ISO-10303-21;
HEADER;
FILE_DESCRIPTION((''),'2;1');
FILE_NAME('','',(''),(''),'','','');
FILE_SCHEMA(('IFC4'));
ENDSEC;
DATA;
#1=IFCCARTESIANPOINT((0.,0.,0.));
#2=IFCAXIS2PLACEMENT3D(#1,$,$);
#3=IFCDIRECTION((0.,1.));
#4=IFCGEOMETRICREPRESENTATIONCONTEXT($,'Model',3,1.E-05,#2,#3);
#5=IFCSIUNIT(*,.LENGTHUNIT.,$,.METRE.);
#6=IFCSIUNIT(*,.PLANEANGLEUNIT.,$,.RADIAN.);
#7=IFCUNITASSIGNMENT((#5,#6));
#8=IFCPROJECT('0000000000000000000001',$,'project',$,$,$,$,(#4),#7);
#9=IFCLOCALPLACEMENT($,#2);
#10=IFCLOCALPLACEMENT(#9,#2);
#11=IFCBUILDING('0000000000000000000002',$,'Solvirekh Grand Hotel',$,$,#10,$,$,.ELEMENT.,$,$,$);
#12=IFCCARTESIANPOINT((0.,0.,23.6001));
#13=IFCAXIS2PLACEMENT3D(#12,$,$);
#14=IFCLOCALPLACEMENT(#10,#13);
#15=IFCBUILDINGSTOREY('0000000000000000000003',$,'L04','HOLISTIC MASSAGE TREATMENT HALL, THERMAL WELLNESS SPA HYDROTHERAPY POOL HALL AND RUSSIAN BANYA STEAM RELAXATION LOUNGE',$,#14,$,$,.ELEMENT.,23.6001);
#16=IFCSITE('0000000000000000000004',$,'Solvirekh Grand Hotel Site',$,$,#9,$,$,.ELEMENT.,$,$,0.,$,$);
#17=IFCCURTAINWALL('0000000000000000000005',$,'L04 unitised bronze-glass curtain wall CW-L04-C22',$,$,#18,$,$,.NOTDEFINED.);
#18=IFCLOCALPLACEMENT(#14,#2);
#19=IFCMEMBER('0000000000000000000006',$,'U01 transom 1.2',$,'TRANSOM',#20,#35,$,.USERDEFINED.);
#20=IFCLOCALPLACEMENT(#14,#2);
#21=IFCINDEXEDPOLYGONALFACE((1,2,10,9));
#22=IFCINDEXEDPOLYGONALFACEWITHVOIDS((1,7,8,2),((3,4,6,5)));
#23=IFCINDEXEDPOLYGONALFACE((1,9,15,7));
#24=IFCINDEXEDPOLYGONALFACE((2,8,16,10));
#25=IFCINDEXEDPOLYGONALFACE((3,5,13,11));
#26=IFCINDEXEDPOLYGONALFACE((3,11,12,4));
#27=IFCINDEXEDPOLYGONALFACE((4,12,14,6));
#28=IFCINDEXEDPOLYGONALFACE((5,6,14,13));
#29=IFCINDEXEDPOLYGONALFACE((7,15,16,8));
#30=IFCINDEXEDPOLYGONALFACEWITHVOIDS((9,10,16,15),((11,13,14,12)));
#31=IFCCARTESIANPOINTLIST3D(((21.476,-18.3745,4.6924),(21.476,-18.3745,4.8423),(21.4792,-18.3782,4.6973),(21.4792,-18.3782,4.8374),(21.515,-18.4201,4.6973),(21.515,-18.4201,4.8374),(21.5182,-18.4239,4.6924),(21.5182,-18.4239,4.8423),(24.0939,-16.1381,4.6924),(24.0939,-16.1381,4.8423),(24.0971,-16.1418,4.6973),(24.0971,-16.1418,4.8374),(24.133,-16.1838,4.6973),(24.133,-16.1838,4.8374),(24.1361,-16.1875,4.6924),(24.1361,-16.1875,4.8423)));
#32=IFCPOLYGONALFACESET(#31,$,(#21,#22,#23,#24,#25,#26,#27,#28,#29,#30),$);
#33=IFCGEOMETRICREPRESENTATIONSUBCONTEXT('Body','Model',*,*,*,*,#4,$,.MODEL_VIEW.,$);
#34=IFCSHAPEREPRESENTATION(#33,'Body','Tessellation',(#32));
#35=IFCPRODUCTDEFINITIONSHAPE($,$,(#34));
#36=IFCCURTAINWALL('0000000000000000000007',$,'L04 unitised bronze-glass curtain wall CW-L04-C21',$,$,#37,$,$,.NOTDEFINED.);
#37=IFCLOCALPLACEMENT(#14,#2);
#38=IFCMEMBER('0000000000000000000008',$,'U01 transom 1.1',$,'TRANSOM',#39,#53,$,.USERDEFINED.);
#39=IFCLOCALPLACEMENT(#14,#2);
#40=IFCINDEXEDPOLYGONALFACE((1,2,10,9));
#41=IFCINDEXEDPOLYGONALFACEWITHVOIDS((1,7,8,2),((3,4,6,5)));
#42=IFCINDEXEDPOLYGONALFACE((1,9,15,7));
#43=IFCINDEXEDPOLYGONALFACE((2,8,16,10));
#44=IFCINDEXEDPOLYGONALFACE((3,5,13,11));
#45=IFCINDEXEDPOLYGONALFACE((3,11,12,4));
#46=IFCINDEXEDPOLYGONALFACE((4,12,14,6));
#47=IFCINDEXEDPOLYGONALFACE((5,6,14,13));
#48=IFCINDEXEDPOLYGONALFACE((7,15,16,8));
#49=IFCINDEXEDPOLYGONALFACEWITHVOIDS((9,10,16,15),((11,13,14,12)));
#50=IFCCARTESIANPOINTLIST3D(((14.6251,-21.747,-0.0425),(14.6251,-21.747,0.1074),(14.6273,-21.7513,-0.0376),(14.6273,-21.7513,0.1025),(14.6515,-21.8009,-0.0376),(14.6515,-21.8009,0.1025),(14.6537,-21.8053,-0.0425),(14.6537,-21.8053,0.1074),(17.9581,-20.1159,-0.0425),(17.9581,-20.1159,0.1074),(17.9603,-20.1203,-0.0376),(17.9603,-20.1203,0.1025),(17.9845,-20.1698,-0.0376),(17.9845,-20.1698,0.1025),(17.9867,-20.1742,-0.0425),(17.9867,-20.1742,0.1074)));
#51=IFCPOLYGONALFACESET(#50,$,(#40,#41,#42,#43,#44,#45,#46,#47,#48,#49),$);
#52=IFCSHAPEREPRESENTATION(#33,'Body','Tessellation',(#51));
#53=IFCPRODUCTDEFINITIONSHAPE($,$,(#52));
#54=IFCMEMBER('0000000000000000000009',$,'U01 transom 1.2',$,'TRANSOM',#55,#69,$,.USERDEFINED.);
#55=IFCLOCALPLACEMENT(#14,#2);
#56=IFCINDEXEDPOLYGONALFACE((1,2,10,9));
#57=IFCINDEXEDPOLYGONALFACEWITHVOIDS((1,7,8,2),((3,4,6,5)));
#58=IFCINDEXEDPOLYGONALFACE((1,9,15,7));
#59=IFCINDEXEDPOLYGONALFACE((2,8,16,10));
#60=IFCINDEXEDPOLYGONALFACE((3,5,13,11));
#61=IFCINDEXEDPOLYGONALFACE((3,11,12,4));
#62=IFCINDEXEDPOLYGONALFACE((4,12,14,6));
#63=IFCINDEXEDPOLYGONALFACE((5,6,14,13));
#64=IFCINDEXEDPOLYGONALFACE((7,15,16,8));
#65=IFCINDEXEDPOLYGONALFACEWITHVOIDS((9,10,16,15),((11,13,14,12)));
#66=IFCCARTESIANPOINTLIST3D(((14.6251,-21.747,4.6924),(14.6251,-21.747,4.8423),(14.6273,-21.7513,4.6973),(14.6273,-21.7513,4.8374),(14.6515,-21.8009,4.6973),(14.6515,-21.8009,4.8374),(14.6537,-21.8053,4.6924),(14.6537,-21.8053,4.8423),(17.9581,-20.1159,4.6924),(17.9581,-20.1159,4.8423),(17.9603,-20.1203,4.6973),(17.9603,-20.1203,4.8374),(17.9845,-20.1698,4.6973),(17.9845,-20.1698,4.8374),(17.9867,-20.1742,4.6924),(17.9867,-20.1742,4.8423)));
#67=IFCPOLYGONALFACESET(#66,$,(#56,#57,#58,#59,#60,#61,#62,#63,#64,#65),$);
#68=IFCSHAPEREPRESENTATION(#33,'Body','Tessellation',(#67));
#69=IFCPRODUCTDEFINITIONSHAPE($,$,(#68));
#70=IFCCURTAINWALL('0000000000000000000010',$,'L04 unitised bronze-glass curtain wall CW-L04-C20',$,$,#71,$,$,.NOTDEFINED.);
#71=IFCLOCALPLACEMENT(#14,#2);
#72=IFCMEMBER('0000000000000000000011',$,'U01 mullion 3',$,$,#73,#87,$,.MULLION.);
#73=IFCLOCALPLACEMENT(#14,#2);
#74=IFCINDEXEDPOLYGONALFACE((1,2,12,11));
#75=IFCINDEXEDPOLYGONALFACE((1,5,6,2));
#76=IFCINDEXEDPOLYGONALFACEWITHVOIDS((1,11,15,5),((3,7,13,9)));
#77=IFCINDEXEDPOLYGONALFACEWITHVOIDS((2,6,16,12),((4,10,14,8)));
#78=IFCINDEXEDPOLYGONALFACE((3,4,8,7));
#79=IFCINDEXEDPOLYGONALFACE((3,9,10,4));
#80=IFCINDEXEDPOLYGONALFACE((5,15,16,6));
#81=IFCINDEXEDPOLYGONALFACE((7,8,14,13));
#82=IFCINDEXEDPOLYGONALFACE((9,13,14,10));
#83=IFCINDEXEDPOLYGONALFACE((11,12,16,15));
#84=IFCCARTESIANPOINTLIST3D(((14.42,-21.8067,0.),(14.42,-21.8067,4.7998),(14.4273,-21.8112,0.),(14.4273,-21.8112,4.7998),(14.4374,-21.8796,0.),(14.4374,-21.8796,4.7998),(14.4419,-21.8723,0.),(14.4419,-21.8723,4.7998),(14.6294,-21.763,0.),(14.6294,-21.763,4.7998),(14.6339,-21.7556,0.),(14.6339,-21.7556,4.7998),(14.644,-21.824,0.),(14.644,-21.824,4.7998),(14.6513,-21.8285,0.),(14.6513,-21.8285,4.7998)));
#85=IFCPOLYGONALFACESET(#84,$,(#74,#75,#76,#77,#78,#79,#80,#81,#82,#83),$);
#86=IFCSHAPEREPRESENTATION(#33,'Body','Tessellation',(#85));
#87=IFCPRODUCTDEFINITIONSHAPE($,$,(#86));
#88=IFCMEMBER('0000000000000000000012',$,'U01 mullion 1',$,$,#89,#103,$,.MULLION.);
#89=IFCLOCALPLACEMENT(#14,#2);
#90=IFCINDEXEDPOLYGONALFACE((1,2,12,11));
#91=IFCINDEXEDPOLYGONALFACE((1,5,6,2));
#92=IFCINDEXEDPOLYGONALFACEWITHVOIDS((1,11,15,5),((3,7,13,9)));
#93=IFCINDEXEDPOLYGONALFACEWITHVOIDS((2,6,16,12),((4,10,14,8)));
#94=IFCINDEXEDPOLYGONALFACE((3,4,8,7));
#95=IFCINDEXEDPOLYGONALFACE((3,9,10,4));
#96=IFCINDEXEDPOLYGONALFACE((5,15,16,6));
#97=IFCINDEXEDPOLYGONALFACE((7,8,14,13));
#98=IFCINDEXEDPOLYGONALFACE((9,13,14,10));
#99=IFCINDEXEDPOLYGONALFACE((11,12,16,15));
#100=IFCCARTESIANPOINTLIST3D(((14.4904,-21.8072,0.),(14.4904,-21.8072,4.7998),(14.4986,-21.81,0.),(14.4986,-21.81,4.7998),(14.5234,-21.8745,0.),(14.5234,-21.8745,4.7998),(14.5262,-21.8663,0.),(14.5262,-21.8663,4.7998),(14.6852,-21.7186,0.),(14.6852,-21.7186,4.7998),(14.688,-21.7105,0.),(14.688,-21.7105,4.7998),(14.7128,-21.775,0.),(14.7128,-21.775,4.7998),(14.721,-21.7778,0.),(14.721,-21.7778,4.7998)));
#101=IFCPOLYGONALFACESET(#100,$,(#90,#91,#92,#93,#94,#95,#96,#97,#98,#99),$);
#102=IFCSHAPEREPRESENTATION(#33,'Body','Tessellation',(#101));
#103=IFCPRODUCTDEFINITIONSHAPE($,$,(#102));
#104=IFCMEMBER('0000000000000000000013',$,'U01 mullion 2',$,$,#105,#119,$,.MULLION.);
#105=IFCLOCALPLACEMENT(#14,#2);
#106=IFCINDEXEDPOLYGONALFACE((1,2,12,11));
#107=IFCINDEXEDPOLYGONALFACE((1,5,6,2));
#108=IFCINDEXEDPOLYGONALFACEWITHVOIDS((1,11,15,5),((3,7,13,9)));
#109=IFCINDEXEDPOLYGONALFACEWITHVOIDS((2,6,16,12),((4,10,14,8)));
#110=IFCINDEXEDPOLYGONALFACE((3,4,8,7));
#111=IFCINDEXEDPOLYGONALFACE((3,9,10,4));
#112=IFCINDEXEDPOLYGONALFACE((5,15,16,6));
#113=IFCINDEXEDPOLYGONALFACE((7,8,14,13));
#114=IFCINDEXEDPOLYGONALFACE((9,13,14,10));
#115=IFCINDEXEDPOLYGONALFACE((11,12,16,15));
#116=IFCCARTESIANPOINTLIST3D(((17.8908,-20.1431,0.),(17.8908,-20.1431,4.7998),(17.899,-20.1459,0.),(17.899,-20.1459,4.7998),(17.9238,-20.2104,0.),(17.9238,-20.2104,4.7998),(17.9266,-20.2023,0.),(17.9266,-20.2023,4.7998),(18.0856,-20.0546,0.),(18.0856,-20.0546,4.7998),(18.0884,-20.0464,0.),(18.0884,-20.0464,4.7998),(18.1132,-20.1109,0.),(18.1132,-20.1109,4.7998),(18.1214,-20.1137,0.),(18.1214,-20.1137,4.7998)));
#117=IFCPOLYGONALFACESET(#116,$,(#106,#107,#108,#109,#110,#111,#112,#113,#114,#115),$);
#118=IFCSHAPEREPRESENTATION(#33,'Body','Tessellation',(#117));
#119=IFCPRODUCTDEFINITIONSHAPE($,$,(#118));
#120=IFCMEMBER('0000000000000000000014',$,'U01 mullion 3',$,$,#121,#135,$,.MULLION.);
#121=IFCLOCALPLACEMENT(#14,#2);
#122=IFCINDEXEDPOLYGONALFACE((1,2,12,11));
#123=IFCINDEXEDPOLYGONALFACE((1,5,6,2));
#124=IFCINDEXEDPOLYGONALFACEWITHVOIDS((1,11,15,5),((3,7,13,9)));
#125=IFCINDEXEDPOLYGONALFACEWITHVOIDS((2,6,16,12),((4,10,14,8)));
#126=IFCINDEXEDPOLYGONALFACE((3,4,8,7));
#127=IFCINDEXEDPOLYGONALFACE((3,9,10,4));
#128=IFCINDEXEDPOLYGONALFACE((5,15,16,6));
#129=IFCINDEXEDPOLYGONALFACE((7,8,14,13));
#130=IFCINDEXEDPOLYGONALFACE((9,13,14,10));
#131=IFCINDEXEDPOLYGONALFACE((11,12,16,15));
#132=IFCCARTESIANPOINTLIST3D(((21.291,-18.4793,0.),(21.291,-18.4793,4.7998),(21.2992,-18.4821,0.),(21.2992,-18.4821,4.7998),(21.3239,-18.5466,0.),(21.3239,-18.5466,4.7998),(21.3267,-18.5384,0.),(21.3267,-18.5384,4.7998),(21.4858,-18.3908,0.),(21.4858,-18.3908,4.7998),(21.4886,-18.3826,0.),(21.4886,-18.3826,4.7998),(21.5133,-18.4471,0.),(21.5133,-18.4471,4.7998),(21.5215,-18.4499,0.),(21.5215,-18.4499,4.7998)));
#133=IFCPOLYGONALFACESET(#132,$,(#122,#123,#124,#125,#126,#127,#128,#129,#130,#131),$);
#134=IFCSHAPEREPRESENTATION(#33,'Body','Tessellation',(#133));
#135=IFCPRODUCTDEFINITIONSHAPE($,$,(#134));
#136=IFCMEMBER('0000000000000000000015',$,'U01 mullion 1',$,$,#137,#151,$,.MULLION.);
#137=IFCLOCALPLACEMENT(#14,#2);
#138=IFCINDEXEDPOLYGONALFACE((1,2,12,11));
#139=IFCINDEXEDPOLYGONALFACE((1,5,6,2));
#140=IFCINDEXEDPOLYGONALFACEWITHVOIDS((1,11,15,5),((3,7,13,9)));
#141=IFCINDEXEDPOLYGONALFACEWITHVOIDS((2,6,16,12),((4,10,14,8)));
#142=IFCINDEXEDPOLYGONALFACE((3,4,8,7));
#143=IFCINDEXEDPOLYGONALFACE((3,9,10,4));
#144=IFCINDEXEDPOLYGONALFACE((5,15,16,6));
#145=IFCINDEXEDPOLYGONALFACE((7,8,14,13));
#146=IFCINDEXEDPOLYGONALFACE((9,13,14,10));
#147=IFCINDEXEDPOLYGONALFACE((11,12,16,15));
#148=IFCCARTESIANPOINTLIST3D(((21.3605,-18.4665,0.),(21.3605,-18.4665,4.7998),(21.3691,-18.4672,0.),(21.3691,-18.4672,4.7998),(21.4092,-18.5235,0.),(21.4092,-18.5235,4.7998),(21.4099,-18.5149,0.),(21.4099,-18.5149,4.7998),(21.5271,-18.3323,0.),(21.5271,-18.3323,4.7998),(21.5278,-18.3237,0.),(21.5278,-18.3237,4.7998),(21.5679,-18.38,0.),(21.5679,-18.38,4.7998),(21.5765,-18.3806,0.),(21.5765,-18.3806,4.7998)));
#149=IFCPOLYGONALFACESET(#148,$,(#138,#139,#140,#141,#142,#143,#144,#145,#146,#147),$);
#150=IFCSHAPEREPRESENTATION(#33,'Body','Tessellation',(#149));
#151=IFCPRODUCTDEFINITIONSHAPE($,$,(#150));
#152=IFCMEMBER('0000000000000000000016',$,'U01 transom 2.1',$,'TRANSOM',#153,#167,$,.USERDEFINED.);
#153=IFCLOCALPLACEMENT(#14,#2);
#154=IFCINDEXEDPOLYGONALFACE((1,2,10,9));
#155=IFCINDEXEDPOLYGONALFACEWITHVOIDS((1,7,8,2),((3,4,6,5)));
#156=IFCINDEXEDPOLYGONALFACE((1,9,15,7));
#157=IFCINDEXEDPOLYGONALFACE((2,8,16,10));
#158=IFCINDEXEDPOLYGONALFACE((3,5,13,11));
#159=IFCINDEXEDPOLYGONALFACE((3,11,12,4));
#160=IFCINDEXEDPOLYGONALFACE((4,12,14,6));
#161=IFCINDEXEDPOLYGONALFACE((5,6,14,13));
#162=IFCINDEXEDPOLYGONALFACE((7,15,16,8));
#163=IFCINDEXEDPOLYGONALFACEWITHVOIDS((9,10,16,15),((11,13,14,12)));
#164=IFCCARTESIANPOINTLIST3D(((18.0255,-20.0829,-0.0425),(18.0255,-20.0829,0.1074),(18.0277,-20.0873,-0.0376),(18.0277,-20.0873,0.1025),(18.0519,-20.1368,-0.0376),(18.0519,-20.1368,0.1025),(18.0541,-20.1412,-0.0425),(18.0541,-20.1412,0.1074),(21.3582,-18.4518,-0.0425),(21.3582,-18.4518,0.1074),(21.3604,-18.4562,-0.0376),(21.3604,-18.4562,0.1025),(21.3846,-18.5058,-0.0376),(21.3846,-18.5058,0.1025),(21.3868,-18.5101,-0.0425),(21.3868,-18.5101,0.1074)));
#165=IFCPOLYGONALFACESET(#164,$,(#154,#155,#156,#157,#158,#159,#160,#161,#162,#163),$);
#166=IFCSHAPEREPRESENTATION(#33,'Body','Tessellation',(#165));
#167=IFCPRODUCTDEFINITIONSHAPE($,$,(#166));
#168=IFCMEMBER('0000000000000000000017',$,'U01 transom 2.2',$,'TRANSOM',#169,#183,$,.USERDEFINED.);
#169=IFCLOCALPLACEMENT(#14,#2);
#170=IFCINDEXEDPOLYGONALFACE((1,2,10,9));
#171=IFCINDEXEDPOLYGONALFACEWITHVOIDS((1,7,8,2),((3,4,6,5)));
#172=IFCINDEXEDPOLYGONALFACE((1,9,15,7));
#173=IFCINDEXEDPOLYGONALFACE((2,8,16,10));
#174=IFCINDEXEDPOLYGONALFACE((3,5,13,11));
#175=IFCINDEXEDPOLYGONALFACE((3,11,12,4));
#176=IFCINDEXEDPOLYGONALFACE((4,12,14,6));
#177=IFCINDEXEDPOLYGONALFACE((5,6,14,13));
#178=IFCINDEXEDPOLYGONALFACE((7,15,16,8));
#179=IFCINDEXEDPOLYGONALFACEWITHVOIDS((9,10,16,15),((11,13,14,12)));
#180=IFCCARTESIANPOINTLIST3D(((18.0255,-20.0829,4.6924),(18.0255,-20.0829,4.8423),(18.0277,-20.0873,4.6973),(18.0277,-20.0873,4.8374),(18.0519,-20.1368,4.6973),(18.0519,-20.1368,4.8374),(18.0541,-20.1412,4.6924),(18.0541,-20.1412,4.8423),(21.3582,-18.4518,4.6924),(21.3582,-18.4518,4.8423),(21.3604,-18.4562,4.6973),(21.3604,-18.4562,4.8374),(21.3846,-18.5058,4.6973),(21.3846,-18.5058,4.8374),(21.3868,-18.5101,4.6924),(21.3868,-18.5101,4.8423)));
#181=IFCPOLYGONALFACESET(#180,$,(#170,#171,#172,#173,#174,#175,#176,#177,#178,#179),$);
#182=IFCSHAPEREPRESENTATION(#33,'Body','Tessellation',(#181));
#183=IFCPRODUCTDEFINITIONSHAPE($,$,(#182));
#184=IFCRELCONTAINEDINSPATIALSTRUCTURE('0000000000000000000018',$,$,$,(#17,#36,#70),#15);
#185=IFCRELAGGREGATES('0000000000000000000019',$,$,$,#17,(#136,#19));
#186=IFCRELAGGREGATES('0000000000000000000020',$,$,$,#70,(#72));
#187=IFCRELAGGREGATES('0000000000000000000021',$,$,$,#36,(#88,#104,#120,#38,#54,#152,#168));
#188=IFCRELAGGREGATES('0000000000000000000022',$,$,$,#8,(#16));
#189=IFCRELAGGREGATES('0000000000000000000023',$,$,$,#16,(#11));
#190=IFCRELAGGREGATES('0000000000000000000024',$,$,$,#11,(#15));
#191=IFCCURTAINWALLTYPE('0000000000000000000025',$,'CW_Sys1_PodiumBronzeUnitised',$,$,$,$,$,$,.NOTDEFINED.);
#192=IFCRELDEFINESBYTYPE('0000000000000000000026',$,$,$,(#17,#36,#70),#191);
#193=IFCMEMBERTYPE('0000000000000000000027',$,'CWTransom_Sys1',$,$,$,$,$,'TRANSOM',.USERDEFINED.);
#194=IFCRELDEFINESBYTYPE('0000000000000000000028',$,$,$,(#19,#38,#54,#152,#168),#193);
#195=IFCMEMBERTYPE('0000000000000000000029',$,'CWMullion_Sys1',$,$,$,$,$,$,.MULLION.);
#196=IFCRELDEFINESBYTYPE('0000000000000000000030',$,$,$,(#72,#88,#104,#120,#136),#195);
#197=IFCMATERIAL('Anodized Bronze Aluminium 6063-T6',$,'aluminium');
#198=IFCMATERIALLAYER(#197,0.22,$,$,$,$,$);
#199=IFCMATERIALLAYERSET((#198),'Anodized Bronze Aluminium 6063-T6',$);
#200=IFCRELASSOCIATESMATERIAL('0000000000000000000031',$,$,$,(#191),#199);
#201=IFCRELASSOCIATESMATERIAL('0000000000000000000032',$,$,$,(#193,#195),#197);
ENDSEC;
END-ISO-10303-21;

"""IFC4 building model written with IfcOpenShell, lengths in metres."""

from ifc_helpers import new_model, si_unit, direction, frame, origin, origin_2d, place, context, subcontext, project, spatial, hollow_rectangle, extrude, source, transform, mapped, material, layer, layer_set, material_profile, profile_set, type_object, element, aggregate, save


model = new_model("IFC4")

# Units and contexts
model_context = context("Model", 3, precision=1e-05, world=origin(), true_north=direction((0.0, 1.0)))
body_context = subcontext(model_context, "Body", "Model", "MODEL_VIEW")
ifc_project = project(units=[si_unit("LENGTHUNIT", "METRE"), si_unit("PLANEANGLEUNIT", "RADIAN")], contexts=[model_context])

# Site, building, storey
site_placement = place(None, origin())
site = spatial("IfcSite", under=ifc_project, at=site_placement, Name="Solvirekh Grand Hotel Site", CompositionType="ELEMENT", RefElevation=0.0)
building_placement = place(site_placement, origin())
building = spatial("IfcBuilding", under=site, at=building_placement, Name="Solvirekh Grand Hotel", CompositionType="ELEMENT")
storey_placement = place(building_placement, frame((0.0, 0.0, 23.6001)))
storey = spatial("IfcBuildingStorey", under=building, at=storey_placement, Name="L04", Description="HOLISTIC MASSAGE TREATMENT HALL, THERMAL WELLNESS SPA HYDROTHERAPY POOL HALL AND RUSSIAN BANYA STEAM RELAXATION LOUNGE", CompositionType="ELEMENT", Elevation=23.6001)

# Curtain walls, members
ifc_material_1 = material(Name="Anodized Bronze Aluminium 6063-T6", Category="aluminium")
ifc_layer_1 = layer(ifc_material_1, 0.22)
ifc_layer_set_1 = layer_set([ifc_layer_1], Name="Anodized Bronze Aluminium 6063-T6")
curtain_wall_type = type_object("IfcCurtainWallType", Name="CW_Sys1_PodiumBronzeUnitised", PredefinedType="NOTDEFINED", material=ifc_layer_set_1)
curtain_wall_1_placement = place(storey_placement, origin())
curtain_wall_1 = element("IfcCurtainWall", 1, at=curtain_wall_1_placement, inside=storey, type_object=curtain_wall_type, Name="L04 unitised bronze-glass curtain wall CW-L04-C22", PredefinedType="NOTDEFINED")
ifc_material_profile_1 = material_profile(ifc_material_1, hollow_rectangle(XDim=0.0649, YDim=0.1499, WallThickness=0.0049, at=origin_2d()), Name="ALU RHS 150X65X5")
ifc_profile_set_1 = profile_set([ifc_material_profile_1], Name="Anodized Bronze Aluminium 6063-T6")
member_type_1 = type_object("IfcMemberType", Name="CWTransom_Sys1", ElementType="TRANSOM", PredefinedType="USERDEFINED", material=ifc_profile_set_1)
shared_shape_1 = source(origin(), body_context, "Body", "SweptSolid", [
    extrude(hollow_rectangle(XDim=0.0649, YDim=0.1499, WallThickness=0.0049, at=origin_2d()), origin(), (0.0, 0.0, 1.0), 3.4431),
])
member_1_placement = place(storey_placement, frame((21.4971, -18.3992, 4.7673), z_axis=(0.760347, 0.649517, 0.0), x_axis=(-0.649517, 0.760347, 0.0)))
member_1 = element("IfcMember", 2, at=member_1_placement, type_object=member_type_1, Name="U01 transom 1.2", ObjectType="TRANSOM", PredefinedType="USERDEFINED", context=body_context, shape_type="MappedRepresentation", body=[
    mapped(shared_shape_1, transform((0.0, 0.0, 0.0), x_axis=(1.0, 0.0, 0.0), y_axis=(0.0, 1.0, 0.0), z_axis=(0.0, 0.0, 1.0), scale=1.0)),
])
curtain_wall_2_placement = place(storey_placement, origin())
curtain_wall_2 = element("IfcCurtainWall", 3, at=curtain_wall_2_placement, inside=storey, type_object=curtain_wall_type, Name="L04 unitised bronze-glass curtain wall CW-L04-C21", PredefinedType="NOTDEFINED")
shared_shape_2 = source(origin(), body_context, "Body", "SweptSolid", [
    extrude(hollow_rectangle(XDim=0.0649, YDim=0.1499, WallThickness=0.0049, at=origin_2d()), origin(), (0.0, 0.0, 1.0), 3.7107),
])
member_2_placement = place(storey_placement, frame((14.6394, -21.7761, 0.0325), z_axis=(0.898211, 0.439565, 0.0), x_axis=(-0.439565, 0.898211, 0.0)))
member_2 = element("IfcMember", 4, at=member_2_placement, type_object=member_type_1, Name="U01 transom 1.1", ObjectType="TRANSOM", PredefinedType="USERDEFINED", context=body_context, shape_type="MappedRepresentation", body=[
    mapped(shared_shape_2, transform((0.0, 0.0, 0.0), x_axis=(1.0, 0.0, 0.0), y_axis=(0.0, 1.0, 0.0), z_axis=(0.0, 0.0, 1.0), scale=1.0)),
])
member_3_placement = place(storey_placement, frame((14.6394, -21.7761, 4.7673), z_axis=(0.898211, 0.439565, 0.0), x_axis=(-0.439565, 0.898211, 0.0)))
member_3 = element("IfcMember", 5, at=member_3_placement, type_object=member_type_1, Name="U01 transom 1.2", ObjectType="TRANSOM", PredefinedType="USERDEFINED", context=body_context, shape_type="MappedRepresentation", body=[
    mapped(shared_shape_2, transform((0.0, 0.0, 0.0), x_axis=(1.0, 0.0, 0.0), y_axis=(0.0, 1.0, 0.0), z_axis=(0.0, 0.0, 1.0), scale=1.0)),
])

# Curtain wall, member
curtain_wall_3_placement = place(storey_placement, origin())
curtain_wall_3 = element("IfcCurtainWall", 6, at=curtain_wall_3_placement, inside=storey, type_object=curtain_wall_type, Name="L04 unitised bronze-glass curtain wall CW-L04-C20", PredefinedType="NOTDEFINED")
ifc_material_profile_2 = material_profile(ifc_material_1, hollow_rectangle(XDim=0.075, YDim=0.22, WallThickness=0.0061, at=origin_2d()), Name="ALU RHS 220X75X6")
ifc_profile_set_2 = profile_set([ifc_material_profile_2], Name="Anodized Bronze Aluminium 6063-T6")
member_type_2 = type_object("IfcMemberType", Name="CWMullion_Sys1", PredefinedType="MULLION", material=ifc_profile_set_2)
shared_shape_3 = source(origin(), body_context, "Body", "SweptSolid", [
    extrude(hollow_rectangle(XDim=0.075, YDim=0.22, WallThickness=0.0061, at=origin_2d()), origin(), (0.0, 0.0, 1.0), 4.7998),
])
member_4_placement = place(storey_placement, frame((14.5356, -21.8176, 0.0), z_axis=(0.0, 0.0, 1.0), x_axis=(-0.232128, 0.972685, 0.0)))
member_4 = element("IfcMember", 7, at=member_4_placement, type_object=member_type_2, Name="U01 mullion 3", PredefinedType="MULLION", context=body_context, shape_type="MappedRepresentation", body=[
    mapped(shared_shape_3, transform((0.0, 0.0, 0.0), x_axis=(1.0, 0.0, 0.0), y_axis=(0.0, 1.0, 0.0), z_axis=(0.0, 0.0, 1.0), scale=1.0)),
])

# Members
member_5_placement = place(storey_placement, frame((14.6057, -21.7925, 0.0), z_axis=(0.0, 0.0, 1.0), x_axis=(-0.43956, 0.898213, 0.0)))
member_5 = element("IfcMember", 8, at=member_5_placement, type_object=member_type_2, Name="U01 mullion 1", PredefinedType="MULLION", context=body_context, shape_type="MappedRepresentation", body=[
    mapped(shared_shape_3, transform((0.0, 0.0, 0.0), x_axis=(1.0, 0.0, 0.0), y_axis=(0.0, 1.0, 0.0), z_axis=(0.0, 0.0, 1.0), scale=1.0)),
])
member_6_placement = place(storey_placement, frame((18.0061, -20.1284, 0.0), z_axis=(0.0, 0.0, 1.0), x_axis=(-0.43956, 0.898213, 0.0)))
member_6 = element("IfcMember", 9, at=member_6_placement, type_object=member_type_2, Name="U01 mullion 2", PredefinedType="MULLION", context=body_context, shape_type="MappedRepresentation", body=[
    mapped(shared_shape_3, transform((0.0, 0.0, 0.0), x_axis=(1.0, 0.0, 0.0), y_axis=(0.0, 1.0, 0.0), z_axis=(0.0, 0.0, 1.0), scale=1.0)),
])
member_7_placement = place(storey_placement, frame((21.4062, -18.4646, 0.0), z_axis=(0.0, 0.0, 1.0), x_axis=(-0.43956, 0.898213, 0.0)))
member_7 = element("IfcMember", 10, at=member_7_placement, type_object=member_type_2, Name="U01 mullion 3", PredefinedType="MULLION", context=body_context, shape_type="MappedRepresentation", body=[
    mapped(shared_shape_3, transform((0.0, 0.0, 0.0), x_axis=(1.0, 0.0, 0.0), y_axis=(0.0, 1.0, 0.0), z_axis=(0.0, 0.0, 1.0), scale=1.0)),
])
member_8_placement = place(storey_placement, frame((21.4685, -18.4236, 0.0), z_axis=(0.0, 0.0, 1.0), x_axis=(-0.649528, 0.760338, 0.0)))
member_8 = element("IfcMember", 11, at=member_8_placement, type_object=member_type_2, Name="U01 mullion 1", PredefinedType="MULLION", context=body_context, shape_type="MappedRepresentation", body=[
    mapped(shared_shape_3, transform((0.0, 0.0, 0.0), x_axis=(1.0, 0.0, 0.0), y_axis=(0.0, 1.0, 0.0), z_axis=(0.0, 0.0, 1.0), scale=1.0)),
])
shared_shape_4 = source(origin(), body_context, "Body", "SweptSolid", [
    extrude(hollow_rectangle(XDim=0.0649, YDim=0.1499, WallThickness=0.0049, at=origin_2d()), origin(), (0.0, 0.0, 1.0), 3.7104),
])
member_9_placement = place(storey_placement, frame((18.0398, -20.1121, 0.0325), z_axis=(0.898198, 0.439591, 0.0), x_axis=(-0.439591, 0.898198, 0.0)))
member_9 = element("IfcMember", 12, at=member_9_placement, type_object=member_type_1, Name="U01 transom 2.1", ObjectType="TRANSOM", PredefinedType="USERDEFINED", context=body_context, shape_type="MappedRepresentation", body=[
    mapped(shared_shape_4, transform((0.0, 0.0, 0.0), x_axis=(1.0, 0.0, 0.0), y_axis=(0.0, 1.0, 0.0), z_axis=(0.0, 0.0, 1.0), scale=1.0)),
])
member_10_placement = place(storey_placement, frame((18.0398, -20.1121, 4.7673), z_axis=(0.898198, 0.439591, 0.0), x_axis=(-0.439591, 0.898198, 0.0)))
member_10 = element("IfcMember", 13, at=member_10_placement, type_object=member_type_1, Name="U01 transom 2.2", ObjectType="TRANSOM", PredefinedType="USERDEFINED", context=body_context, shape_type="MappedRepresentation", body=[
    mapped(shared_shape_4, transform((0.0, 0.0, 0.0), x_axis=(1.0, 0.0, 0.0), y_axis=(0.0, 1.0, 0.0), z_axis=(0.0, 0.0, 1.0), scale=1.0)),
])

aggregate(curtain_wall_1, [member_8, member_1])
aggregate(curtain_wall_3, [member_4])
aggregate(curtain_wall_2, [member_5, member_6, member_7, member_2, member_3, member_9, member_10])

save(model, "model.ifc")
